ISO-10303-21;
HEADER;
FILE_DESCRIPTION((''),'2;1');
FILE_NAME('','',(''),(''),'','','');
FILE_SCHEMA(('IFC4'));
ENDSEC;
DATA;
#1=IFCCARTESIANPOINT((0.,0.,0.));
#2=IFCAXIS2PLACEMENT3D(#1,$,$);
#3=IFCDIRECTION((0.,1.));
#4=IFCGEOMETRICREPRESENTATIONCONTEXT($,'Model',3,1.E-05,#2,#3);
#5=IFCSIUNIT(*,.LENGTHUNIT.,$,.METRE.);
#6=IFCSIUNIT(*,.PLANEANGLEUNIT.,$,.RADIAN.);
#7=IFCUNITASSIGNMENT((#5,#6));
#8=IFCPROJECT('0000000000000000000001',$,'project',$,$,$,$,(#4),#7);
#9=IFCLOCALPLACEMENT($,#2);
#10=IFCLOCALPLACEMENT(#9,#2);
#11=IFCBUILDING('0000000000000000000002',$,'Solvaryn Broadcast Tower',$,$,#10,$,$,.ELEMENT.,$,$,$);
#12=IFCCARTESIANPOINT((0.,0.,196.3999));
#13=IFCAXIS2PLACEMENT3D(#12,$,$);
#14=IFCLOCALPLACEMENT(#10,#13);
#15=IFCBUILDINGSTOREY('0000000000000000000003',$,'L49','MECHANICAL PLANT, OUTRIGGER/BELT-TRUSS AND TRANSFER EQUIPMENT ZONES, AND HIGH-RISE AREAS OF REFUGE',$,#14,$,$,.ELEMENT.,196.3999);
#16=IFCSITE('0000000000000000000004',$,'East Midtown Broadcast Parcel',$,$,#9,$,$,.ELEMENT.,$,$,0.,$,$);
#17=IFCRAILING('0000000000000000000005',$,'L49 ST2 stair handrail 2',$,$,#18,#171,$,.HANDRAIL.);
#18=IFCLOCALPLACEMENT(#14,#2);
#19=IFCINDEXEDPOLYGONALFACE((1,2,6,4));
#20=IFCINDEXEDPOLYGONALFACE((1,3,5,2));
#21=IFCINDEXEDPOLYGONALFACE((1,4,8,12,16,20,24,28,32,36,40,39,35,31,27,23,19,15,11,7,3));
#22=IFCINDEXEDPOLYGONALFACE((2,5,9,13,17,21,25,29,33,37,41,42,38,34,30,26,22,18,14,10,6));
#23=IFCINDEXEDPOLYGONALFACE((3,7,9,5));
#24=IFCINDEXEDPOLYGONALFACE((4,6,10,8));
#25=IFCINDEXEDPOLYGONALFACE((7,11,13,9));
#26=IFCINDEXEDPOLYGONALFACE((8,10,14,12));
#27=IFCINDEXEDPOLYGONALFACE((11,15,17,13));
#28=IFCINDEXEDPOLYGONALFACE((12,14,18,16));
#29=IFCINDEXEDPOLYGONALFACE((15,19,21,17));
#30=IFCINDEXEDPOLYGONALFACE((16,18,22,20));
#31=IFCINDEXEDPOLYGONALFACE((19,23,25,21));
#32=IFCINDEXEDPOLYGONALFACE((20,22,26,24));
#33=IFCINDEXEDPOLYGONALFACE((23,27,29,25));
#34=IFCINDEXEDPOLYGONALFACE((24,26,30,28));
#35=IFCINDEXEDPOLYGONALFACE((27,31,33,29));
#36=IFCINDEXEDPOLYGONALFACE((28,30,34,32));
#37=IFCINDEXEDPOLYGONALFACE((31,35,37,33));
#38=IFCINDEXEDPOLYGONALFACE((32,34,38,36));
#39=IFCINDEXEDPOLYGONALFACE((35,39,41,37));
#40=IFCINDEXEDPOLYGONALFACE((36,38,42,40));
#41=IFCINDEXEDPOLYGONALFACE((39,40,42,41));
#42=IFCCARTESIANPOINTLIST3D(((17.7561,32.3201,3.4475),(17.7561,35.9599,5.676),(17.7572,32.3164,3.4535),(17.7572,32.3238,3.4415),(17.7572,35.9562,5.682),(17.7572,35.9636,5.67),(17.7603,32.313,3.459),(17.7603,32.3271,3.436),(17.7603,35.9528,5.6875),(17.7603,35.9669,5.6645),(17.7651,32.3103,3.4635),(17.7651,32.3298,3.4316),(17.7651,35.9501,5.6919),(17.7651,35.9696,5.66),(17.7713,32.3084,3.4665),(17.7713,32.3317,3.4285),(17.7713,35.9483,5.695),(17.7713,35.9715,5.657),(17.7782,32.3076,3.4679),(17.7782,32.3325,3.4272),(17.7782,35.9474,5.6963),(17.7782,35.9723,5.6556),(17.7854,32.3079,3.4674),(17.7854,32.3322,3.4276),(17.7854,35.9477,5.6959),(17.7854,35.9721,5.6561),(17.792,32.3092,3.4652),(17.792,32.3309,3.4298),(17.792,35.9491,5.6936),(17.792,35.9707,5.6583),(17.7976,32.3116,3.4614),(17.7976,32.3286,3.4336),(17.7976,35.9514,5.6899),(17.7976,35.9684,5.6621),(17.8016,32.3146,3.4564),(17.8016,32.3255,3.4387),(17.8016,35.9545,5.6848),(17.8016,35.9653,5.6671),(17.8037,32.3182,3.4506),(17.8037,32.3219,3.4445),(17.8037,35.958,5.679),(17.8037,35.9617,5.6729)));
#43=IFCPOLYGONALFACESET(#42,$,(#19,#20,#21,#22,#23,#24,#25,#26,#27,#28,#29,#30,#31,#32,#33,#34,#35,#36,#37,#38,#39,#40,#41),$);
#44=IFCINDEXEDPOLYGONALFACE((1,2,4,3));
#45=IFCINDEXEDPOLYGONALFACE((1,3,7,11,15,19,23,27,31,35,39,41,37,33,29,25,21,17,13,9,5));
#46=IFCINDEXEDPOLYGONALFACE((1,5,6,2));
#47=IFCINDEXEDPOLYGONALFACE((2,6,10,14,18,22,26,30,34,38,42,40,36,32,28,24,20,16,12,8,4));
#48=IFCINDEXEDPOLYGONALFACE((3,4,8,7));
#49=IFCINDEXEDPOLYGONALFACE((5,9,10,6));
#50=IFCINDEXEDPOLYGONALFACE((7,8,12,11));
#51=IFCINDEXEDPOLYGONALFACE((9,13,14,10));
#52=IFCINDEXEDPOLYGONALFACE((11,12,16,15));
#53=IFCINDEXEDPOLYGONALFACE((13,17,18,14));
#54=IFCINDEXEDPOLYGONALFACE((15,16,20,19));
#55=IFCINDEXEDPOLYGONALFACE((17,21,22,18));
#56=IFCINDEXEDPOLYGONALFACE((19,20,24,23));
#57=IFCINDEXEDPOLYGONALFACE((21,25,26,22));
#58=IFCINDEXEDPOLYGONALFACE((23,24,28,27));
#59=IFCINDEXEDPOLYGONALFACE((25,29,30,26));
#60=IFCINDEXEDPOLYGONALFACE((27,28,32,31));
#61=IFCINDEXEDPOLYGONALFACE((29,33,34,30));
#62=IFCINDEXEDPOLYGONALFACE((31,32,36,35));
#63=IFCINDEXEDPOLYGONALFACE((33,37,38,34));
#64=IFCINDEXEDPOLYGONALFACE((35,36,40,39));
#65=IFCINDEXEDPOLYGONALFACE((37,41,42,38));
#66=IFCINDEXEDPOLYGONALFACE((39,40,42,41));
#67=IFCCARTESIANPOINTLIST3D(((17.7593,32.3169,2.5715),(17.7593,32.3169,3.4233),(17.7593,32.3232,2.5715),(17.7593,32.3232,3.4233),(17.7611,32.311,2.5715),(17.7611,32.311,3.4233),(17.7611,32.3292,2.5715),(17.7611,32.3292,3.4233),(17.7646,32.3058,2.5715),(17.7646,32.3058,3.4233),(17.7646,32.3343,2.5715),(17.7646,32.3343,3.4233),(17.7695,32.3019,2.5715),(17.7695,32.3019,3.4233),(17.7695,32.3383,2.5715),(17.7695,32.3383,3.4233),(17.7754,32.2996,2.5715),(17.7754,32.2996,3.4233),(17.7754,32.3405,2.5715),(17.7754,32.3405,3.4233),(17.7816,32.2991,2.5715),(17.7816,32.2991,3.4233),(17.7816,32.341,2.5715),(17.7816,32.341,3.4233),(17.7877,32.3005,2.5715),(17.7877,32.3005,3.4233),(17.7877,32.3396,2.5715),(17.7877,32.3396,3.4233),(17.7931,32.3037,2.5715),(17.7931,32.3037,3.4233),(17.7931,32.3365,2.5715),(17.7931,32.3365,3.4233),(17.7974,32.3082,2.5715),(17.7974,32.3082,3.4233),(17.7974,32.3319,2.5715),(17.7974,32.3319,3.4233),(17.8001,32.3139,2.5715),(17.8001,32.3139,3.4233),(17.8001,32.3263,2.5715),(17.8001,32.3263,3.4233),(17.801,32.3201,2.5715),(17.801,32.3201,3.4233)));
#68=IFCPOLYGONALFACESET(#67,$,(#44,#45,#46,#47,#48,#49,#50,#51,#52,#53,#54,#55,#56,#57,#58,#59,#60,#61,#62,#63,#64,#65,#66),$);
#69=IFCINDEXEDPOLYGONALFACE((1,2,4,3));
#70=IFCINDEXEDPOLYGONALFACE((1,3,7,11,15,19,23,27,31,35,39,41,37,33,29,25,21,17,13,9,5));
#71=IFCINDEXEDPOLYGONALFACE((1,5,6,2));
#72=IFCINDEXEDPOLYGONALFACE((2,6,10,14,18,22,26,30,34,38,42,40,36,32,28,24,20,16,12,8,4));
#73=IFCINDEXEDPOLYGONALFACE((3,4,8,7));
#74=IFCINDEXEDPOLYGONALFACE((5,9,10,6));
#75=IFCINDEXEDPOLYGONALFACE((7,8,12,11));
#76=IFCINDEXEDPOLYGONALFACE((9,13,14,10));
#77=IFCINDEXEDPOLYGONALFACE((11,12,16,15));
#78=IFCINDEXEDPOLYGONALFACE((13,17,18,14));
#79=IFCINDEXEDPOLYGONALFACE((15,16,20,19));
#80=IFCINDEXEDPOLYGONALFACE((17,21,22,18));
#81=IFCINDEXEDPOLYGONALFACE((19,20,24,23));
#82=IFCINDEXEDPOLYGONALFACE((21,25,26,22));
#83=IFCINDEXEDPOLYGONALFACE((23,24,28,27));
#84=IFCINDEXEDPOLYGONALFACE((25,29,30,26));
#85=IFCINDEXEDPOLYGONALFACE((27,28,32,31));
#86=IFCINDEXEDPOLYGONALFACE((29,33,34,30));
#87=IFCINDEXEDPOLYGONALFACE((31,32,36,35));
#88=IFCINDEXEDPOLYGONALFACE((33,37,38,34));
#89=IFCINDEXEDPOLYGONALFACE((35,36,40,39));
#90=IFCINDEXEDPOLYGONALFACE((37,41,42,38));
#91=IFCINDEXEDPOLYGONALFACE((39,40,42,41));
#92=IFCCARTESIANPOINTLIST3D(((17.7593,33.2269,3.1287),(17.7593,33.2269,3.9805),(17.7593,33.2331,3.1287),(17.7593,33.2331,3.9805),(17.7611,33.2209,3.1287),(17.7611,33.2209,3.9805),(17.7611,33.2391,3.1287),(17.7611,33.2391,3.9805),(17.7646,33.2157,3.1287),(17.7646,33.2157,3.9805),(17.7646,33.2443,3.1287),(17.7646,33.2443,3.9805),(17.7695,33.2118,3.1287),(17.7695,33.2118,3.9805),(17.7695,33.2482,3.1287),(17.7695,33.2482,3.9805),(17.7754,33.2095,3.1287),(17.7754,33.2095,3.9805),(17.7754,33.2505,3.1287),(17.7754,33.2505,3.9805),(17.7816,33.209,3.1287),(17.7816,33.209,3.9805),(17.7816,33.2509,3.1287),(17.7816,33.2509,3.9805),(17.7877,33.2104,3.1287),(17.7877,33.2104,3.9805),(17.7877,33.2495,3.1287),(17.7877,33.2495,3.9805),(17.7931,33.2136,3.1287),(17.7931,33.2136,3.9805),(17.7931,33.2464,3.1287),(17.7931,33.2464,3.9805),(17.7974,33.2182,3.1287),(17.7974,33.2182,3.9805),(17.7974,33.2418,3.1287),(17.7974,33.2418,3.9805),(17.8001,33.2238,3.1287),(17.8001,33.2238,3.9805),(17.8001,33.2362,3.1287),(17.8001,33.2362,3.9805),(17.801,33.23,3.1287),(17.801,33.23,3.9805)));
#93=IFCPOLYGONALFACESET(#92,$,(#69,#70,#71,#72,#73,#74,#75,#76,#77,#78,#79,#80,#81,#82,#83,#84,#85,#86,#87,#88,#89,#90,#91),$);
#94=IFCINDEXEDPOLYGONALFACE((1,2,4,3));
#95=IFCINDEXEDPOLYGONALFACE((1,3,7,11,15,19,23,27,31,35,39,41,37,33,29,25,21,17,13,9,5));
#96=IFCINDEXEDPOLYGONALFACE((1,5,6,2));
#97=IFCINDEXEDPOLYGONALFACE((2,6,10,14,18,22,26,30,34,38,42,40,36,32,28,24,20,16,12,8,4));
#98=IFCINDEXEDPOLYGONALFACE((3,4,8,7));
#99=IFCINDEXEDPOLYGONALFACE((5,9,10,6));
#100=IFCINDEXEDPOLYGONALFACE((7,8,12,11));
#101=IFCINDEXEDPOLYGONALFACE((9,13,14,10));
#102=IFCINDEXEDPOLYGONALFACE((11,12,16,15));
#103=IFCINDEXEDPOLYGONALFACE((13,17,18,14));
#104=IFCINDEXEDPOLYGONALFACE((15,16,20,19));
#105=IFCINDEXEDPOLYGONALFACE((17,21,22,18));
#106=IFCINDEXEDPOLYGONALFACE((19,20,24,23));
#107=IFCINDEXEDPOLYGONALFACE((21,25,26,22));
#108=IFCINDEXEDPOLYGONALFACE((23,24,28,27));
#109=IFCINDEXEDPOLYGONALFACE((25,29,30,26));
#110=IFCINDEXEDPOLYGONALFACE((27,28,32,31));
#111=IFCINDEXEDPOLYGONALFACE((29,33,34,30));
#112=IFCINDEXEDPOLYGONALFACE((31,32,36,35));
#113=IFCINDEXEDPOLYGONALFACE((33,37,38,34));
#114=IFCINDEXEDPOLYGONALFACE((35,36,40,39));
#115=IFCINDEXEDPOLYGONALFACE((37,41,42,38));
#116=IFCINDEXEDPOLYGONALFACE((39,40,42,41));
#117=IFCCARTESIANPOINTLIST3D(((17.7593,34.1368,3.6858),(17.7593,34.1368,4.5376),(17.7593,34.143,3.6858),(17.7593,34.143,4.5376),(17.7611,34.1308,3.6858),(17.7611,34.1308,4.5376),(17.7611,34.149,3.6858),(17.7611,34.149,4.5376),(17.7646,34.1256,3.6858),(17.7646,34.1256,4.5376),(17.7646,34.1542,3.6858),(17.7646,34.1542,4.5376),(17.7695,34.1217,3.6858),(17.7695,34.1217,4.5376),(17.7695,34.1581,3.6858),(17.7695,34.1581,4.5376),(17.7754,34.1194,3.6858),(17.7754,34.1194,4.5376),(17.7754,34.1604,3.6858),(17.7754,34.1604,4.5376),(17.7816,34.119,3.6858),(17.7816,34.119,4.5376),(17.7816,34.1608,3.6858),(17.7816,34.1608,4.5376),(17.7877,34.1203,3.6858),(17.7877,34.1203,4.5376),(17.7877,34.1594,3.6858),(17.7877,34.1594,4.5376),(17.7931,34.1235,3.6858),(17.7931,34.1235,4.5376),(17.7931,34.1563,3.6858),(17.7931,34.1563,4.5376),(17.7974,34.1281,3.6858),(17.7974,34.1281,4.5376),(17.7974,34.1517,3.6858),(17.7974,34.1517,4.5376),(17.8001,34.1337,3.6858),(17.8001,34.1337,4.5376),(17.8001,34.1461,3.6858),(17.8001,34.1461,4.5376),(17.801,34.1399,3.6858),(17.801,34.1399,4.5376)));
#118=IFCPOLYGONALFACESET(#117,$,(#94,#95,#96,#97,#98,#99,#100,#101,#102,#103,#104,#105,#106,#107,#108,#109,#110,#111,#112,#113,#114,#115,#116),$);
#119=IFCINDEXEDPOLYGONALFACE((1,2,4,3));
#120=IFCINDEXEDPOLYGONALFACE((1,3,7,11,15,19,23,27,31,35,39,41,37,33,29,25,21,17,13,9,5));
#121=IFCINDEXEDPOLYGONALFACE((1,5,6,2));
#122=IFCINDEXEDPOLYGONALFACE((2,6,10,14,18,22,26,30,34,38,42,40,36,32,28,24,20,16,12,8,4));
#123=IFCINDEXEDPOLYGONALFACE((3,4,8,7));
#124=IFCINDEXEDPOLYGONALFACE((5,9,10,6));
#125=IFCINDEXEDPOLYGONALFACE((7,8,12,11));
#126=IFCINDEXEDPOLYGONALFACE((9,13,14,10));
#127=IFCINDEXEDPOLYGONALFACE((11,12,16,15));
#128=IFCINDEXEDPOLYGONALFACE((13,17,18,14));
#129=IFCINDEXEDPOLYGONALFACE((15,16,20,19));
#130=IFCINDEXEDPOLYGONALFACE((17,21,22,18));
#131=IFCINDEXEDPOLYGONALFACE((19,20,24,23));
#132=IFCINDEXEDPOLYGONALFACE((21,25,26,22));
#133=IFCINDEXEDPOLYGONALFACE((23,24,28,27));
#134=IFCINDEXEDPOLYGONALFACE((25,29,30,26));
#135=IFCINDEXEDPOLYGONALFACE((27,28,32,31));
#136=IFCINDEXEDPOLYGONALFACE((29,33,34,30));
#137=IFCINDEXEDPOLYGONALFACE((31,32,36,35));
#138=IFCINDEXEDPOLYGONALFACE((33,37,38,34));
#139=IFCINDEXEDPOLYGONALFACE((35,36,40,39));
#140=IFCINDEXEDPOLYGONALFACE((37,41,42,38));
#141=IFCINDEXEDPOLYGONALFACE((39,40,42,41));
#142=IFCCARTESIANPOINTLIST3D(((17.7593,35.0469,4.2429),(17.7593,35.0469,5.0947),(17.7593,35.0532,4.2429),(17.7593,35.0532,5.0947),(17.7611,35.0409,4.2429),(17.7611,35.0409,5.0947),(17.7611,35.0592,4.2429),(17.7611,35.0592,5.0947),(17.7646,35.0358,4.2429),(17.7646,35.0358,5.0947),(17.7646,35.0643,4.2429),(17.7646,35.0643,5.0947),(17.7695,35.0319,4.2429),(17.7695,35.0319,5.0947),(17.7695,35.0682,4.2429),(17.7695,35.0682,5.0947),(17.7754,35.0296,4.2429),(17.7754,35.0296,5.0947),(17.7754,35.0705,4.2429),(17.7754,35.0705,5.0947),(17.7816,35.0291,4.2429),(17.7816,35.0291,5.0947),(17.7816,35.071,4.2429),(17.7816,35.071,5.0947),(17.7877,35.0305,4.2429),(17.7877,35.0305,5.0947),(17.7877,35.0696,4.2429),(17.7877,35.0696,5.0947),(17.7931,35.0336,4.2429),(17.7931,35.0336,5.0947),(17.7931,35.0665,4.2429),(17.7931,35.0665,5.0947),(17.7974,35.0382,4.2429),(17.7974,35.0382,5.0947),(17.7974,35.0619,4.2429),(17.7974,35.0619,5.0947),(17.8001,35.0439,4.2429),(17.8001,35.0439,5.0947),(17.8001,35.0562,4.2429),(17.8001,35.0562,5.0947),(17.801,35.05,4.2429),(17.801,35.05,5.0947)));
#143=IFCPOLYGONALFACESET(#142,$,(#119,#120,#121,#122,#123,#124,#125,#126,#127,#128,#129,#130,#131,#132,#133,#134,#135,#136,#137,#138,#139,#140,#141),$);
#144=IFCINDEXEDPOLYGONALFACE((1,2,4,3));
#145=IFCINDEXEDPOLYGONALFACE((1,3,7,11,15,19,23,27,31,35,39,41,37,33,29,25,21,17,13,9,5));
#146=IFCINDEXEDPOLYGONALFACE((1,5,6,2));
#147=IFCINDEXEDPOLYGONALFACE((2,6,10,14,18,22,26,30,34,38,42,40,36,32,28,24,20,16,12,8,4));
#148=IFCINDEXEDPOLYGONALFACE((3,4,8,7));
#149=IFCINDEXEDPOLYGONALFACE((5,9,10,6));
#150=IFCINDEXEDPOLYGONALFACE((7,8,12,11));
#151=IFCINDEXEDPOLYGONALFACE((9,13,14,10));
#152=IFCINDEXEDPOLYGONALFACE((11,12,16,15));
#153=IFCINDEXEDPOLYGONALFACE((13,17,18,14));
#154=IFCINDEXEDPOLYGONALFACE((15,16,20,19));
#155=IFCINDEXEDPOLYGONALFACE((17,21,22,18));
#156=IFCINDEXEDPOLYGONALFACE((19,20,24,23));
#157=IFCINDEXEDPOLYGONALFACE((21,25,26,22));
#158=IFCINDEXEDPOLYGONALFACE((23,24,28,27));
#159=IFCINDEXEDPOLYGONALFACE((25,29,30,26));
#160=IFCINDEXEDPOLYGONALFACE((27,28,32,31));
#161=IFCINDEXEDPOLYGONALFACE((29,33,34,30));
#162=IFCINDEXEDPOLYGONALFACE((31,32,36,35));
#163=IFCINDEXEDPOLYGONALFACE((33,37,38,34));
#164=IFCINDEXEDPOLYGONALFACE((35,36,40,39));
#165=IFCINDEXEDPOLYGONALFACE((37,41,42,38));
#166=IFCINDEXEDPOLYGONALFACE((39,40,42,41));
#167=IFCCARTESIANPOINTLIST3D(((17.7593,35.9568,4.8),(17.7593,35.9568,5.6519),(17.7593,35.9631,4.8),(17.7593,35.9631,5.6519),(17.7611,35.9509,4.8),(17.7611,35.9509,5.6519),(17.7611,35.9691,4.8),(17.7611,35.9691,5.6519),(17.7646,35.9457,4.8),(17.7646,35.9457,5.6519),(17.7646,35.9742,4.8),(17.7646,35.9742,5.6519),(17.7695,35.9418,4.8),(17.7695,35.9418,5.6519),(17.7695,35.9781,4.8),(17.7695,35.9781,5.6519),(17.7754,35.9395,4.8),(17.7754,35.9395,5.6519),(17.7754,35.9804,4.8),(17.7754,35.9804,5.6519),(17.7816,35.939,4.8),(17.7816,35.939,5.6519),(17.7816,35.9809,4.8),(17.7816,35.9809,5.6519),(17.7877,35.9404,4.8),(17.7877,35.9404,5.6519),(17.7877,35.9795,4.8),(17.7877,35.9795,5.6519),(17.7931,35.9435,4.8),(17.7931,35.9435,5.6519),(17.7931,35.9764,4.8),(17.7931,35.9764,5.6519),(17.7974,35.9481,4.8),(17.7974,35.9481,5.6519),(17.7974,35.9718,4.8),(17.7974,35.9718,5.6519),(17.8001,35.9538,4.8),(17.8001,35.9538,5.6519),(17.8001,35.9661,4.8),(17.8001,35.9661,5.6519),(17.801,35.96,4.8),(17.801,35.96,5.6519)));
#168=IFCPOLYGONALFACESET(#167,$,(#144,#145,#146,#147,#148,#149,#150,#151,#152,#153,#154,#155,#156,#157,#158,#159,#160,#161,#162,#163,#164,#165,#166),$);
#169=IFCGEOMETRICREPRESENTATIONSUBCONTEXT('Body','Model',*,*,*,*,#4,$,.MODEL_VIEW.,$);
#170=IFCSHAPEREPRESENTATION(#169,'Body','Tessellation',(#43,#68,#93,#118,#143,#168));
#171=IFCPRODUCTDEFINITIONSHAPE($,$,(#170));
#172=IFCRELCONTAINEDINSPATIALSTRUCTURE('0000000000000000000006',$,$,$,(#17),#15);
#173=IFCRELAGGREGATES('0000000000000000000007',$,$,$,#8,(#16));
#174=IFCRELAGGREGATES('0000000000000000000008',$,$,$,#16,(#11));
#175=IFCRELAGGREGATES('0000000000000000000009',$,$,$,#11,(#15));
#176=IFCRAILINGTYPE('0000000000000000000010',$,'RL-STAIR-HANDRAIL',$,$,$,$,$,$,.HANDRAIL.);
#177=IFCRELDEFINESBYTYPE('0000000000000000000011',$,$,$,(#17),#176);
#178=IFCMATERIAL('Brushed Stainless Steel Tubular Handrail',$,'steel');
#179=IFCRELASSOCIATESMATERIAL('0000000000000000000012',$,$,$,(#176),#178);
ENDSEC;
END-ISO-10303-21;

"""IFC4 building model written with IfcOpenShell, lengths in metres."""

from ifc_helpers import new_model, si_unit, direction, frame, origin, origin_2d, place, context, subcontext, project, spatial, circle, extrude, material, type_object, element, save


model = new_model("IFC4")

# Units and contexts
model_context = context("Model", 3, precision=1e-05, world=origin(), true_north=direction((0.0, 1.0)))
body_context = subcontext(model_context, "Body", "Model", "MODEL_VIEW")
ifc_project = project(units=[si_unit("LENGTHUNIT", "METRE"), si_unit("PLANEANGLEUNIT", "RADIAN")], contexts=[model_context])

# Site, building, storey
site_placement = place(None, origin())
site = spatial("IfcSite", under=ifc_project, at=site_placement, Name="East Midtown Broadcast Parcel", CompositionType="ELEMENT", RefElevation=0.0)
building_placement = place(site_placement, origin())
building = spatial("IfcBuilding", under=site, at=building_placement, Name="Solvaryn Broadcast Tower", CompositionType="ELEMENT")
storey_placement = place(building_placement, frame((0.0, 0.0, 196.3999)))
storey = spatial("IfcBuildingStorey", under=building, at=storey_placement, Name="L49", Description="MECHANICAL PLANT, OUTRIGGER/BELT-TRUSS AND TRANSFER EQUIPMENT ZONES, AND HIGH-RISE AREAS OF REFUGE", CompositionType="ELEMENT", Elevation=196.3999)

# Railing
ifc_material_1 = material(Name="Brushed Stainless Steel Tubular Handrail", Category="steel")
railing_type_1 = type_object("IfcRailingType", Name="RL-STAIR-HANDRAIL", PredefinedType="HANDRAIL", material=ifc_material_1)
railing_1_placement = place(storey_placement, frame((17.78, 32.3201, 2.5715)))
element("IfcRailing", 1, at=railing_1_placement, inside=storey, type_object=railing_type_1, Name="L49 ST2 stair handrail 2", PredefinedType="HANDRAIL", context=body_context, shape_type="SweptSolid", body=[
    extrude(circle(Radius=0.0239, at=origin_2d()), frame((0.0, 0.0, 0.876), z_axis=(0.0, 0.85285, 0.522156), x_axis=(-1.0, 0.0, 0.0)), (0.0, 0.0, 1.0), 4.2678),
    extrude(circle(Radius=0.021, at=origin_2d()), origin(), (0.0, 0.0, 1.0), 0.8518),
    extrude(circle(Radius=0.021, at=origin_2d()), frame((0.0, 0.9099, 0.5571)), (0.0, 0.0, 1.0), 0.8518),
    extrude(circle(Radius=0.021, at=origin_2d()), frame((0.0, 1.8198, 1.1143)), (0.0, 0.0, 1.0), 0.8518),
    extrude(circle(Radius=0.021, at=origin_2d()), frame((0.0, 2.73, 1.6714)), (0.0, 0.0, 1.0), 0.8518),
    extrude(circle(Radius=0.021, at=origin_2d()), frame((0.0, 3.6399, 2.2285)), (0.0, 0.0, 1.0), 0.8518),
])

save(model, "model.ifc")
